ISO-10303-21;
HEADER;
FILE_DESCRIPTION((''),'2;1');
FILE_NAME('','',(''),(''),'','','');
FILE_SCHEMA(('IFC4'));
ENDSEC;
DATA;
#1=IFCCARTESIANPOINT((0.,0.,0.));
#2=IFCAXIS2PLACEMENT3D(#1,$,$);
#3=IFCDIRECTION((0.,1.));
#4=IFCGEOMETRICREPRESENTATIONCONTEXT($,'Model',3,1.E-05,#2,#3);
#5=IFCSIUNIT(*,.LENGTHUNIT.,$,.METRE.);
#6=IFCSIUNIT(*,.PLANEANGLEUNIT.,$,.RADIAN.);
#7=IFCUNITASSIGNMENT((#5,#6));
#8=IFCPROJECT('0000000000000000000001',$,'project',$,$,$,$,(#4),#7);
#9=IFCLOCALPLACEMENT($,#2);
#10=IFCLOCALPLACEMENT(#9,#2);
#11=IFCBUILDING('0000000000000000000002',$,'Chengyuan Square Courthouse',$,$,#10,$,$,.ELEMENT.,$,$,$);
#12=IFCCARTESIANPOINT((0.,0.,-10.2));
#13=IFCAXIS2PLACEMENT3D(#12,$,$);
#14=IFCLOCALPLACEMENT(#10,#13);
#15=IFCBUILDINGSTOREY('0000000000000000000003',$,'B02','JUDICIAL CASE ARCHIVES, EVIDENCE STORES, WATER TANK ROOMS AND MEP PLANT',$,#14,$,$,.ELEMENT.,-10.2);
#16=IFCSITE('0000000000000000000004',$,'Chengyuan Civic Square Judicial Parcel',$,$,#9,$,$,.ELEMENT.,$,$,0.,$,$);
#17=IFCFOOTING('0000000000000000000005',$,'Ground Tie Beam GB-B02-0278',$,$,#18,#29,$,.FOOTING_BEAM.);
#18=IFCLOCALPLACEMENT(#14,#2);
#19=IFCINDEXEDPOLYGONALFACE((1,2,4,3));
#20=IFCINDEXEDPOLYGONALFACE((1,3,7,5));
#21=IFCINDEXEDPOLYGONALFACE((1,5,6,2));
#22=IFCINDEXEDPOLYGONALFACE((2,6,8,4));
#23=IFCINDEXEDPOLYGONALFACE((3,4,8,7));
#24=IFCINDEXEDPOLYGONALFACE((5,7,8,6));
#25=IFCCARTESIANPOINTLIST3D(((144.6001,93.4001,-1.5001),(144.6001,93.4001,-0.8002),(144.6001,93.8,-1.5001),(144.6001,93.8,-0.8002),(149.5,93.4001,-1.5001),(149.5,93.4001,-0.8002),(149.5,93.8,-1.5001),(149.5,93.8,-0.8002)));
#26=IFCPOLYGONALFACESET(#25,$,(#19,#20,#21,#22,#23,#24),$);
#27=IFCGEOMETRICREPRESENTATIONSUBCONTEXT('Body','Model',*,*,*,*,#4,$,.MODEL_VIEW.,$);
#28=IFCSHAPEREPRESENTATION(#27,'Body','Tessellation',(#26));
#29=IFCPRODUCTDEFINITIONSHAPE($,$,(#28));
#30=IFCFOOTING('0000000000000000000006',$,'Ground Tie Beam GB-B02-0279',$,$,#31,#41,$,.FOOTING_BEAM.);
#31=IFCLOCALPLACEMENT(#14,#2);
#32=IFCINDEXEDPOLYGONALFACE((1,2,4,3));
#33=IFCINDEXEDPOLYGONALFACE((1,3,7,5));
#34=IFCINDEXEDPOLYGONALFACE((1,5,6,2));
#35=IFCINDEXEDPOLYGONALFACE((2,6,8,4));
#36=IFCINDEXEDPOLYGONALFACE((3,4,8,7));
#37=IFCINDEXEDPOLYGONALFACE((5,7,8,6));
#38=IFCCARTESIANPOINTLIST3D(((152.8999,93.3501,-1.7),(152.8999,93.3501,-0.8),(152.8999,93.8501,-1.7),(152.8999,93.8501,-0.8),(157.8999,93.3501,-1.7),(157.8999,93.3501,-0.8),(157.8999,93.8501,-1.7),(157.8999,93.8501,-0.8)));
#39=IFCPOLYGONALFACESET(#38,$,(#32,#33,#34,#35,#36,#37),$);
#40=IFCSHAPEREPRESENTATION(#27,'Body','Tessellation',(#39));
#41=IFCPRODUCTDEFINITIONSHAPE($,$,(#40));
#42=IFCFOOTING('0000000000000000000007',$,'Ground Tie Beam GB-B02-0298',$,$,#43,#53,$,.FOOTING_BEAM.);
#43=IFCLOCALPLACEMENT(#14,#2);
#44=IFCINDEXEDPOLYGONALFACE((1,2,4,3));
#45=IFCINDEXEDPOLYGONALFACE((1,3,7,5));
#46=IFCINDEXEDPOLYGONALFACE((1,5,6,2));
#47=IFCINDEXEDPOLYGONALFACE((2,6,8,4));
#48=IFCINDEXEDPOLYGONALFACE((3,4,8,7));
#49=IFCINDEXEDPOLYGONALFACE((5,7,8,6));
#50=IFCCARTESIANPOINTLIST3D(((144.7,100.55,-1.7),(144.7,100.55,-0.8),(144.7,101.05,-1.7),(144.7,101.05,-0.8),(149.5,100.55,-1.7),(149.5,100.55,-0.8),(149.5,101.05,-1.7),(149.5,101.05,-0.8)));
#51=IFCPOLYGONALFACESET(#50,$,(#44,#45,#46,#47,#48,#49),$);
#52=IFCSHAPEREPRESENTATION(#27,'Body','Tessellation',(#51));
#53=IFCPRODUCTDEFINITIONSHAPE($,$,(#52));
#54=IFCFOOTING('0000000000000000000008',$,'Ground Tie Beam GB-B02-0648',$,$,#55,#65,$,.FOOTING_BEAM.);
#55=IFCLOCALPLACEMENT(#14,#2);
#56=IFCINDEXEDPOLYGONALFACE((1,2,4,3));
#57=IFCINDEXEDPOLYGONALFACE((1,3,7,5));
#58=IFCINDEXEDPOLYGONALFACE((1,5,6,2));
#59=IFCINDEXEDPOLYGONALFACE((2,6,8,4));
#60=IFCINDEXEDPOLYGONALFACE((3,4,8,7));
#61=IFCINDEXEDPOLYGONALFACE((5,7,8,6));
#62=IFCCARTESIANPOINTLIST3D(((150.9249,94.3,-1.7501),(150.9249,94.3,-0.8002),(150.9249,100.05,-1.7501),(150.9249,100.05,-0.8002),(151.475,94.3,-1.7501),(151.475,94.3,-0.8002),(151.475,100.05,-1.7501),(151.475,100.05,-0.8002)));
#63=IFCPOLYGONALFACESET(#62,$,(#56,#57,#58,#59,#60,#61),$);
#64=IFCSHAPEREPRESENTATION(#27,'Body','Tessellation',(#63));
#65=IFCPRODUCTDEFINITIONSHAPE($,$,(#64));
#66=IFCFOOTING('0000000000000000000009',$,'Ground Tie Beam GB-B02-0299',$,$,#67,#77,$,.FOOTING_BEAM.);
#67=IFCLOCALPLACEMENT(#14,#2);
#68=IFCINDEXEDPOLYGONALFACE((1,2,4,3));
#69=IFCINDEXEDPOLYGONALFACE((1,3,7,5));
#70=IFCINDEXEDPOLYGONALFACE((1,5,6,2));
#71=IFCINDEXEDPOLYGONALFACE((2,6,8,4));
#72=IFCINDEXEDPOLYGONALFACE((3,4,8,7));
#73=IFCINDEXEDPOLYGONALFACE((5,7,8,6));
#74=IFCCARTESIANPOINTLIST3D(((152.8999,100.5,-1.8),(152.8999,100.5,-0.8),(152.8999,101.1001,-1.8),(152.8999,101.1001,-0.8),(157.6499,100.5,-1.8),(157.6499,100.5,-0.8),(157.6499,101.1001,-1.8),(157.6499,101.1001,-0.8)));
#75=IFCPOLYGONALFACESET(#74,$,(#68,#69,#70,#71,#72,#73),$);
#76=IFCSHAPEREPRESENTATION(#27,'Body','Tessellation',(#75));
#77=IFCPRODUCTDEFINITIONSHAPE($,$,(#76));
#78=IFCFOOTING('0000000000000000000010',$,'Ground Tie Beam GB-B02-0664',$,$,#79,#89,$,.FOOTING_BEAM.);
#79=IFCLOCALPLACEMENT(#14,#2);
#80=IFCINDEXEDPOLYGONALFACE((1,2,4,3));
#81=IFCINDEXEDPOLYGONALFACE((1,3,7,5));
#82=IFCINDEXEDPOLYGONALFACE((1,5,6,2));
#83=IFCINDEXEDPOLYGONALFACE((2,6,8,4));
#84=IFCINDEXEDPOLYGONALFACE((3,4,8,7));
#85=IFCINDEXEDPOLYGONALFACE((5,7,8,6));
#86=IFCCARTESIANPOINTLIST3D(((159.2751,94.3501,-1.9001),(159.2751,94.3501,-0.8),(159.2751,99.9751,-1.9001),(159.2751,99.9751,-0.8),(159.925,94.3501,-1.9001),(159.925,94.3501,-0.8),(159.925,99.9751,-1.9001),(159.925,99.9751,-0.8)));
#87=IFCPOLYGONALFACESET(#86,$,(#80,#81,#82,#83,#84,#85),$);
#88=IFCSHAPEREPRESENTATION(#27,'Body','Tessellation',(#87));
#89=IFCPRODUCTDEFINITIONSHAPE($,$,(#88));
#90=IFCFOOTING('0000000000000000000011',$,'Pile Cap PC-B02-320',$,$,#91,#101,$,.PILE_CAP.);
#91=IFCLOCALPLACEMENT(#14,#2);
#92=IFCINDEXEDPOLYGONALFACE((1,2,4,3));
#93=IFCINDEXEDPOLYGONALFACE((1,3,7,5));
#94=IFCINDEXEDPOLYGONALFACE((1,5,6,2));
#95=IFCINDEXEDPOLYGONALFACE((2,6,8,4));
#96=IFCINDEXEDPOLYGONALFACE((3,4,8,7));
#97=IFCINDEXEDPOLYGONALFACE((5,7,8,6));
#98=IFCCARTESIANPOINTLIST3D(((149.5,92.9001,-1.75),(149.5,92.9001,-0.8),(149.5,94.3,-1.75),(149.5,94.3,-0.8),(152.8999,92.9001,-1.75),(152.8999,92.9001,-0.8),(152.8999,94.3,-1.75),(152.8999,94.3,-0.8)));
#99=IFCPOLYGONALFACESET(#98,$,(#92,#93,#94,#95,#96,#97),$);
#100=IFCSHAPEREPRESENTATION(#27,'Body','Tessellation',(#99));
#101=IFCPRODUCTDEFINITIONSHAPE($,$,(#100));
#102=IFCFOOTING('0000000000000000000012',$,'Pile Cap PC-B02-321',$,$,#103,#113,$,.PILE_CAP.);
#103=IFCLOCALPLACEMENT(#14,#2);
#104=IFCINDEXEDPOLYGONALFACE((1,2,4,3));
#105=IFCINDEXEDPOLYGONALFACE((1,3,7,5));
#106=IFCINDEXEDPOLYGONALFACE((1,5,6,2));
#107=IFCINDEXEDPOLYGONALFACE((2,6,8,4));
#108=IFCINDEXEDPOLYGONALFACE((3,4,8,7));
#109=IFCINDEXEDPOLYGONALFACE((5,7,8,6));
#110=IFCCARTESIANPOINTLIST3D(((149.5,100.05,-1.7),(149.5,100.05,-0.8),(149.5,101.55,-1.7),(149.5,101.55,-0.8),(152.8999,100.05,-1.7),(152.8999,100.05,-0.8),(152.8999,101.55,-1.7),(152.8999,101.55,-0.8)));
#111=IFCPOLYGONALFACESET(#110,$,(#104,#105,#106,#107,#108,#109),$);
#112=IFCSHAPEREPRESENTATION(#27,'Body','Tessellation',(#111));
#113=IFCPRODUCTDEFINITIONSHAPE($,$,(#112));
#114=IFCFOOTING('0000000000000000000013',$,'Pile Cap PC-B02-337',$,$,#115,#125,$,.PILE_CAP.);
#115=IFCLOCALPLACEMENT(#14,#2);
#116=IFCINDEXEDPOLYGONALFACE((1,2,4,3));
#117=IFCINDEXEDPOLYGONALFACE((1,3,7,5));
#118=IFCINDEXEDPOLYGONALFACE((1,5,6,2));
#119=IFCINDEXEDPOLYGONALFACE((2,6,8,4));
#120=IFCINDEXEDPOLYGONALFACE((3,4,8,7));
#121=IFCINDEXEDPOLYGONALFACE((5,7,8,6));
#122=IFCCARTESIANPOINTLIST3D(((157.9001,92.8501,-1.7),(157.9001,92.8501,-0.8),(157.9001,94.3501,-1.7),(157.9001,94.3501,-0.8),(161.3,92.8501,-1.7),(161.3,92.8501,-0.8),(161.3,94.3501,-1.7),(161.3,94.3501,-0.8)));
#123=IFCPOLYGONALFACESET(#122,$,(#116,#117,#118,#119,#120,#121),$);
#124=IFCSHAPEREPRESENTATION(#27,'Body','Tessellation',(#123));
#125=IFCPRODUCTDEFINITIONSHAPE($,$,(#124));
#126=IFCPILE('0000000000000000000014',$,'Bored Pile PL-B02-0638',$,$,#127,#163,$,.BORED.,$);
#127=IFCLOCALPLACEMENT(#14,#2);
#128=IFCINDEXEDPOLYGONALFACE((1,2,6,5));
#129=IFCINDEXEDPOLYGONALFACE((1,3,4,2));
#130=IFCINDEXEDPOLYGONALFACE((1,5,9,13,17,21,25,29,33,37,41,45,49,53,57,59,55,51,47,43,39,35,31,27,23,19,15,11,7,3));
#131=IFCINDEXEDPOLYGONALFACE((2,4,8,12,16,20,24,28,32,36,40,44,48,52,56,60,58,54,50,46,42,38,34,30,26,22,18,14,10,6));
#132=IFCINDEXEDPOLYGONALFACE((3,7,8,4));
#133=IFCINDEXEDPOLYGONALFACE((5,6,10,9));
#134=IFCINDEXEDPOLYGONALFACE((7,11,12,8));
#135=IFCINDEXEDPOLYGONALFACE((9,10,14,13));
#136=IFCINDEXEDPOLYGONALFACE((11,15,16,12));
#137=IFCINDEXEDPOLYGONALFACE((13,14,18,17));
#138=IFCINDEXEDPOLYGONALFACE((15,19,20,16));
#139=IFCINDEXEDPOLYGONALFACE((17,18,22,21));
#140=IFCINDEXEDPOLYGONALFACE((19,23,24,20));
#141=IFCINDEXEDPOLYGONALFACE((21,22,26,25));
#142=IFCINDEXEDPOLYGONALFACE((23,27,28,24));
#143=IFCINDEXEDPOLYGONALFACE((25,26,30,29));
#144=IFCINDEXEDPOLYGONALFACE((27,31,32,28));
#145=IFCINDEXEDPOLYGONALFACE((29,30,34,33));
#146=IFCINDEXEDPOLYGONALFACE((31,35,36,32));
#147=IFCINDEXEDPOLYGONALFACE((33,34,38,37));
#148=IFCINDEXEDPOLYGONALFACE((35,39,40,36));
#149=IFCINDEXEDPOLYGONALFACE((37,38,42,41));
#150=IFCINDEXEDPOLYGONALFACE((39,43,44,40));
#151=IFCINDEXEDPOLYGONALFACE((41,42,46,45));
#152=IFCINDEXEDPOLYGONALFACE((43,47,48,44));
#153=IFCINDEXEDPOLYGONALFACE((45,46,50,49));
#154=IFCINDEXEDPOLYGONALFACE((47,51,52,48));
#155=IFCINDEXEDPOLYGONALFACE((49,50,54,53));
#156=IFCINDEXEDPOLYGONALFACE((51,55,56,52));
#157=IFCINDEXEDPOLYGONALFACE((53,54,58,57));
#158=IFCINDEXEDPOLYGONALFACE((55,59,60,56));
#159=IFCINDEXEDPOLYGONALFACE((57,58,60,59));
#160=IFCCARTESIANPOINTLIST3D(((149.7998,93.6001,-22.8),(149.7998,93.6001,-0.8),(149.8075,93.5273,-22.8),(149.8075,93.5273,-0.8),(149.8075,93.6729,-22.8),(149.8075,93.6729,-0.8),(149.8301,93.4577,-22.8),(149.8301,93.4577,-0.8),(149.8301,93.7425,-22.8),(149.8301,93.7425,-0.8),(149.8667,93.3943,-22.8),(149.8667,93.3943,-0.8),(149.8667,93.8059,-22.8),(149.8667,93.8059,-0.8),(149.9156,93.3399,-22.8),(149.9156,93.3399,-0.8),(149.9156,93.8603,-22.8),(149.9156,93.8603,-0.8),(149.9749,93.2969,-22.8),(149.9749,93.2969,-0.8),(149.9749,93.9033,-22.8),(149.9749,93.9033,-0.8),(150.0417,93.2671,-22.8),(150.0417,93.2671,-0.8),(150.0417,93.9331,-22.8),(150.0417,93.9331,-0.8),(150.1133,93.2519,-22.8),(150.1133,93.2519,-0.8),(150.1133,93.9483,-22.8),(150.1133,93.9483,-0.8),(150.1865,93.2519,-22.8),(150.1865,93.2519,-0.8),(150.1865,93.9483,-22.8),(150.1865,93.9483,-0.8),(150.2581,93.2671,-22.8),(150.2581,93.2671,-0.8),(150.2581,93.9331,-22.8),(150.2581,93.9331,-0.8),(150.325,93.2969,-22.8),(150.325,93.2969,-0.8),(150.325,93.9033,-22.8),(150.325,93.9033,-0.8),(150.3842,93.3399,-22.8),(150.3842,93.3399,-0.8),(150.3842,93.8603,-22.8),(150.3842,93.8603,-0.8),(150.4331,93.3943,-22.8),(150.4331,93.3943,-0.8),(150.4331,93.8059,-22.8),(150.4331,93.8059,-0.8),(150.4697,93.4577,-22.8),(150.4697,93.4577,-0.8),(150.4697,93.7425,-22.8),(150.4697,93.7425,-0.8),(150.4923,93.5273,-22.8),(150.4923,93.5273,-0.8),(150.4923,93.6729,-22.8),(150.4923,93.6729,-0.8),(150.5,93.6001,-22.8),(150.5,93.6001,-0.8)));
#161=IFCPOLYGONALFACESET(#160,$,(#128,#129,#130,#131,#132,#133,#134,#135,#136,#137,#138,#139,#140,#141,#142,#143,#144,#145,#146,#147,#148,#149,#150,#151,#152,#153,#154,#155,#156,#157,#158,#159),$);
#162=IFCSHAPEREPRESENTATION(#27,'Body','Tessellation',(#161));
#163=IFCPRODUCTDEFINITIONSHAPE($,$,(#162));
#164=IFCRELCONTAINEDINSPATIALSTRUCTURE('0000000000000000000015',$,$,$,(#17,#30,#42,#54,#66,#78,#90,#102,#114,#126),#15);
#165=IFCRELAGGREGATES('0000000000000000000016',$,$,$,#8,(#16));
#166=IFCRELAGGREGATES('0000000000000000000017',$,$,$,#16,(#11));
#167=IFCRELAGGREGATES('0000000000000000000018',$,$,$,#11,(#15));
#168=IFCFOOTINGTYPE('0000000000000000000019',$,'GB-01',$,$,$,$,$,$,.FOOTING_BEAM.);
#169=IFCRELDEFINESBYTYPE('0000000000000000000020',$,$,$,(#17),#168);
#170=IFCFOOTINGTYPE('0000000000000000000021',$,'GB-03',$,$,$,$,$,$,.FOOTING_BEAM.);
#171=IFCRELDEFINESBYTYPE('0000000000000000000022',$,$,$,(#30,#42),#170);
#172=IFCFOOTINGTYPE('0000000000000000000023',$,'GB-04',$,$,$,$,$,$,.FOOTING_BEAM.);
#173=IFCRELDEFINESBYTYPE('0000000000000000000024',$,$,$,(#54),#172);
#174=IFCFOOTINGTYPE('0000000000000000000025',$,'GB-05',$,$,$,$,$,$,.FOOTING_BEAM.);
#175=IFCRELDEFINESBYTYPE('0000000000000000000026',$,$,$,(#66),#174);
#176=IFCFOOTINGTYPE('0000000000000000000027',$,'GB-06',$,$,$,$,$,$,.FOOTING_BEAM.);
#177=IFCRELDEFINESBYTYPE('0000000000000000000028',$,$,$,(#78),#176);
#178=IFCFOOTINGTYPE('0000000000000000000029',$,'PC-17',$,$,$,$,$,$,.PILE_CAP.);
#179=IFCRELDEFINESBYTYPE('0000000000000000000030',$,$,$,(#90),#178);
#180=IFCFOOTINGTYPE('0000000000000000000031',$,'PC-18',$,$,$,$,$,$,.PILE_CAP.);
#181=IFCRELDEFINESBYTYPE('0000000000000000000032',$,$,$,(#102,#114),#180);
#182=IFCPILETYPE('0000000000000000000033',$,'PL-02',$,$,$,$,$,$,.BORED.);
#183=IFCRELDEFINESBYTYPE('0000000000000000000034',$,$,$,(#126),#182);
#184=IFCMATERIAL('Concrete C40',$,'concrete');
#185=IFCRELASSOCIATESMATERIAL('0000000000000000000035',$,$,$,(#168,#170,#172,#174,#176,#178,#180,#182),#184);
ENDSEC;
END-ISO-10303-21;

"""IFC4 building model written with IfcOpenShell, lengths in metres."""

from ifc_helpers import new_model, si_unit, direction, frame, origin, origin_2d, place, context, subcontext, project, spatial, rectangle, circle, extrude, material, material_profile, profile_set, type_object, element, save


model = new_model("IFC4")

# Units and contexts
model_context = context("Model", 3, precision=1e-05, world=origin(), true_north=direction((0.0, 1.0)))
body_context = subcontext(model_context, "Body", "Model", "MODEL_VIEW")
ifc_project = project(units=[si_unit("LENGTHUNIT", "METRE"), si_unit("PLANEANGLEUNIT", "RADIAN")], contexts=[model_context])

# Site, building, storey
site_placement = place(None, origin())
site = spatial("IfcSite", under=ifc_project, at=site_placement, Name="Chengyuan Civic Square Judicial Parcel", CompositionType="ELEMENT", RefElevation=0.0)
building_placement = place(site_placement, origin())
building = spatial("IfcBuilding", under=site, at=building_placement, Name="Chengyuan Square Courthouse", CompositionType="ELEMENT")
storey_placement = place(building_placement, frame((0.0, 0.0, -10.2)))
storey = spatial("IfcBuildingStorey", under=building, at=storey_placement, Name="B02", Description="JUDICIAL CASE ARCHIVES, EVIDENCE STORES, WATER TANK ROOMS AND MEP PLANT", CompositionType="ELEMENT", Elevation=-10.2)

# Footings
ifc_material_1 = material(Name="Concrete C40", Category="concrete")
ifc_material_profile_1 = material_profile(ifc_material_1, rectangle(XDim=0.3999, YDim=0.7, at=origin_2d()), Name="GB-400x700")
ifc_profile_set_1 = profile_set([ifc_material_profile_1], Name="Concrete C40")
footing_type_1 = type_object("IfcFootingType", Name="GB-01", PredefinedType="FOOTING_BEAM", material=ifc_profile_set_1)
footing_1_placement = place(storey_placement, frame((144.6001, 93.6001, -1.1501), z_axis=(1.0, 0.0, 0.0), x_axis=(0.0, 1.0, 0.0)))
element("IfcFooting", 1, at=footing_1_placement, inside=storey, type_object=footing_type_1, Name="Ground Tie Beam GB-B02-0278", PredefinedType="FOOTING_BEAM", context=body_context, shape_type="SweptSolid", body=[
    extrude(rectangle(XDim=0.3999, YDim=0.7, at=origin_2d()), origin(), (0.0, 0.0, 1.0), 4.8999),
])
ifc_material_profile_2 = material_profile(ifc_material_1, rectangle(XDim=0.5, YDim=0.8999, at=origin_2d()), Name="GB-500x900")
ifc_profile_set_2 = profile_set([ifc_material_profile_2], Name="Concrete C40")
footing_type_2 = type_object("IfcFootingType", Name="GB-03", PredefinedType="FOOTING_BEAM", material=ifc_profile_set_2)
footing_2_placement = place(storey_placement, frame((152.8999, 93.6001, -1.25), z_axis=(1.0, 0.0, 0.0), x_axis=(0.0, 1.0, 0.0)))
element("IfcFooting", 2, at=footing_2_placement, inside=storey, type_object=footing_type_2, Name="Ground Tie Beam GB-B02-0279", PredefinedType="FOOTING_BEAM", context=body_context, shape_type="SweptSolid", body=[
    extrude(rectangle(XDim=0.5, YDim=0.8999, at=origin_2d()), origin(), (0.0, 0.0, 1.0), 5.0),
])
footing_3_placement = place(storey_placement, frame((144.7, 100.8, -1.25), z_axis=(1.0, 0.0, 0.0), x_axis=(0.0, 1.0, 0.0)))
element("IfcFooting", 3, at=footing_3_placement, inside=storey, type_object=footing_type_2, Name="Ground Tie Beam GB-B02-0298", PredefinedType="FOOTING_BEAM", context=body_context, shape_type="SweptSolid", body=[
    extrude(rectangle(XDim=0.5, YDim=0.8999, at=origin_2d()), origin(), (0.0, 0.0, 1.0), 4.8),
])
ifc_material_profile_3 = material_profile(ifc_material_1, rectangle(XDim=0.55, YDim=0.95, at=origin_2d()), Name="GB-550x950")
ifc_profile_set_3 = profile_set([ifc_material_profile_3], Name="Concrete C40")
footing_type_3 = type_object("IfcFootingType", Name="GB-04", PredefinedType="FOOTING_BEAM", material=ifc_profile_set_3)
footing_4_placement = place(storey_placement, frame((151.2, 94.3, -1.2751), z_axis=(0.0, 1.0, 0.0), x_axis=(-1.0, 0.0, 0.0)))
element("IfcFooting", 4, at=footing_4_placement, inside=storey, type_object=footing_type_3, Name="Ground Tie Beam GB-B02-0648", PredefinedType="FOOTING_BEAM", context=body_context, shape_type="SweptSolid", body=[
    extrude(rectangle(XDim=0.55, YDim=0.95, at=origin_2d()), origin(), (0.0, 0.0, 1.0), 5.75),
])
ifc_material_profile_4 = material_profile(ifc_material_1, rectangle(XDim=0.6001, YDim=1.0, at=origin_2d()), Name="GB-600x1000")
ifc_profile_set_4 = profile_set([ifc_material_profile_4], Name="Concrete C40")
footing_type_4 = type_object("IfcFootingType", Name="GB-05", PredefinedType="FOOTING_BEAM", material=ifc_profile_set_4)
footing_5_placement = place(storey_placement, frame((152.8999, 100.8, -1.3), z_axis=(1.0, 0.0, 0.0), x_axis=(0.0, 1.0, 0.0)))
element("IfcFooting", 5, at=footing_5_placement, inside=storey, type_object=footing_type_4, Name="Ground Tie Beam GB-B02-0299", PredefinedType="FOOTING_BEAM", context=body_context, shape_type="SweptSolid", body=[
    extrude(rectangle(XDim=0.6001, YDim=1.0, at=origin_2d()), origin(), (0.0, 0.0, 1.0), 4.75),
])
ifc_material_profile_5 = material_profile(ifc_material_1, rectangle(XDim=0.6499, YDim=1.1001, at=origin_2d()), Name="GB-650x1100")
ifc_profile_set_5 = profile_set([ifc_material_profile_5], Name="Concrete C40")
footing_type_5 = type_object("IfcFootingType", Name="GB-06", PredefinedType="FOOTING_BEAM", material=ifc_profile_set_5)
footing_6_placement = place(storey_placement, frame((159.6001, 94.3501, -1.3501), z_axis=(0.0, 1.0, 0.0), x_axis=(-1.0, 0.0, 0.0)))
element("IfcFooting", 6, at=footing_6_placement, inside=storey, type_object=footing_type_5, Name="Ground Tie Beam GB-B02-0664", PredefinedType="FOOTING_BEAM", context=body_context, shape_type="SweptSolid", body=[
    extrude(rectangle(XDim=0.6499, YDim=1.1001, at=origin_2d()), origin(), (0.0, 0.0, 1.0), 5.625),
])
footing_type_6 = type_object("IfcFootingType", Name="PC-17", PredefinedType="PILE_CAP", material=ifc_material_1)
footing_7_placement = place(storey_placement, frame((151.2, 93.6001, -1.75), z_axis=(0.0, 0.0, 1.0), x_axis=(1.0, 0.0, 0.0)))
element("IfcFooting", 7, at=footing_7_placement, inside=storey, type_object=footing_type_6, Name="Pile Cap PC-B02-320", PredefinedType="PILE_CAP", context=body_context, shape_type="SweptSolid", body=[
    extrude(rectangle(XDim=3.3999, YDim=1.3999, at=origin_2d()), origin(), (0.0, 0.0, 1.0), 0.95),
])
footing_type_7 = type_object("IfcFootingType", Name="PC-18", PredefinedType="PILE_CAP", material=ifc_material_1)
for number, where, z_axis, x_axis, name in (
    (8, (151.2, 100.8, -1.7), (0.0, 0.0, 1.0), (1.0, 0.0, 0.0), "Pile Cap PC-B02-321"),
    (9, (159.6001, 93.6001, -1.7), (0.0, 0.0, 1.0), (1.0, 0.0, 0.0), "Pile Cap PC-B02-337"),
):
    element("IfcFooting", number, at=place(storey_placement, frame(where, z_axis=z_axis, x_axis=x_axis)), inside=storey, type_object=footing_type_7, Name=name, PredefinedType="PILE_CAP", context=body_context, shape_type="SweptSolid", body=[
        extrude(rectangle(XDim=3.3999, YDim=1.5, at=origin_2d()), origin(), (0.0, 0.0, 1.0), 0.8999),
    ])

# Pile
ifc_material_profile_6 = material_profile(ifc_material_1, circle(Radius=0.3501, at=origin_2d()), Name="BORED PILE D700")
ifc_profile_set_6 = profile_set([ifc_material_profile_6], Name="Concrete C40")
pile_type_1 = type_object("IfcPileType", Name="PL-02", PredefinedType="BORED", material=ifc_profile_set_6)
for number, where, z_axis, x_axis, name in (
    (10, (150.1499, 93.6001, -0.8), (0.0, 0.0, -1.0), (1.0, 0.0, 0.0), "Bored Pile PL-B02-0638"),
):
    element("IfcPile", number, at=place(storey_placement, frame(where, z_axis=z_axis, x_axis=x_axis)), inside=storey, type_object=pile_type_1, Name=name, PredefinedType="BORED", context=body_context, shape_type="SweptSolid", body=[
        extrude(circle(Radius=0.3501, at=origin_2d()), origin(), (0.0, 0.0, 1.0), 22.0),
    ])

save(model, "model.ifc")
